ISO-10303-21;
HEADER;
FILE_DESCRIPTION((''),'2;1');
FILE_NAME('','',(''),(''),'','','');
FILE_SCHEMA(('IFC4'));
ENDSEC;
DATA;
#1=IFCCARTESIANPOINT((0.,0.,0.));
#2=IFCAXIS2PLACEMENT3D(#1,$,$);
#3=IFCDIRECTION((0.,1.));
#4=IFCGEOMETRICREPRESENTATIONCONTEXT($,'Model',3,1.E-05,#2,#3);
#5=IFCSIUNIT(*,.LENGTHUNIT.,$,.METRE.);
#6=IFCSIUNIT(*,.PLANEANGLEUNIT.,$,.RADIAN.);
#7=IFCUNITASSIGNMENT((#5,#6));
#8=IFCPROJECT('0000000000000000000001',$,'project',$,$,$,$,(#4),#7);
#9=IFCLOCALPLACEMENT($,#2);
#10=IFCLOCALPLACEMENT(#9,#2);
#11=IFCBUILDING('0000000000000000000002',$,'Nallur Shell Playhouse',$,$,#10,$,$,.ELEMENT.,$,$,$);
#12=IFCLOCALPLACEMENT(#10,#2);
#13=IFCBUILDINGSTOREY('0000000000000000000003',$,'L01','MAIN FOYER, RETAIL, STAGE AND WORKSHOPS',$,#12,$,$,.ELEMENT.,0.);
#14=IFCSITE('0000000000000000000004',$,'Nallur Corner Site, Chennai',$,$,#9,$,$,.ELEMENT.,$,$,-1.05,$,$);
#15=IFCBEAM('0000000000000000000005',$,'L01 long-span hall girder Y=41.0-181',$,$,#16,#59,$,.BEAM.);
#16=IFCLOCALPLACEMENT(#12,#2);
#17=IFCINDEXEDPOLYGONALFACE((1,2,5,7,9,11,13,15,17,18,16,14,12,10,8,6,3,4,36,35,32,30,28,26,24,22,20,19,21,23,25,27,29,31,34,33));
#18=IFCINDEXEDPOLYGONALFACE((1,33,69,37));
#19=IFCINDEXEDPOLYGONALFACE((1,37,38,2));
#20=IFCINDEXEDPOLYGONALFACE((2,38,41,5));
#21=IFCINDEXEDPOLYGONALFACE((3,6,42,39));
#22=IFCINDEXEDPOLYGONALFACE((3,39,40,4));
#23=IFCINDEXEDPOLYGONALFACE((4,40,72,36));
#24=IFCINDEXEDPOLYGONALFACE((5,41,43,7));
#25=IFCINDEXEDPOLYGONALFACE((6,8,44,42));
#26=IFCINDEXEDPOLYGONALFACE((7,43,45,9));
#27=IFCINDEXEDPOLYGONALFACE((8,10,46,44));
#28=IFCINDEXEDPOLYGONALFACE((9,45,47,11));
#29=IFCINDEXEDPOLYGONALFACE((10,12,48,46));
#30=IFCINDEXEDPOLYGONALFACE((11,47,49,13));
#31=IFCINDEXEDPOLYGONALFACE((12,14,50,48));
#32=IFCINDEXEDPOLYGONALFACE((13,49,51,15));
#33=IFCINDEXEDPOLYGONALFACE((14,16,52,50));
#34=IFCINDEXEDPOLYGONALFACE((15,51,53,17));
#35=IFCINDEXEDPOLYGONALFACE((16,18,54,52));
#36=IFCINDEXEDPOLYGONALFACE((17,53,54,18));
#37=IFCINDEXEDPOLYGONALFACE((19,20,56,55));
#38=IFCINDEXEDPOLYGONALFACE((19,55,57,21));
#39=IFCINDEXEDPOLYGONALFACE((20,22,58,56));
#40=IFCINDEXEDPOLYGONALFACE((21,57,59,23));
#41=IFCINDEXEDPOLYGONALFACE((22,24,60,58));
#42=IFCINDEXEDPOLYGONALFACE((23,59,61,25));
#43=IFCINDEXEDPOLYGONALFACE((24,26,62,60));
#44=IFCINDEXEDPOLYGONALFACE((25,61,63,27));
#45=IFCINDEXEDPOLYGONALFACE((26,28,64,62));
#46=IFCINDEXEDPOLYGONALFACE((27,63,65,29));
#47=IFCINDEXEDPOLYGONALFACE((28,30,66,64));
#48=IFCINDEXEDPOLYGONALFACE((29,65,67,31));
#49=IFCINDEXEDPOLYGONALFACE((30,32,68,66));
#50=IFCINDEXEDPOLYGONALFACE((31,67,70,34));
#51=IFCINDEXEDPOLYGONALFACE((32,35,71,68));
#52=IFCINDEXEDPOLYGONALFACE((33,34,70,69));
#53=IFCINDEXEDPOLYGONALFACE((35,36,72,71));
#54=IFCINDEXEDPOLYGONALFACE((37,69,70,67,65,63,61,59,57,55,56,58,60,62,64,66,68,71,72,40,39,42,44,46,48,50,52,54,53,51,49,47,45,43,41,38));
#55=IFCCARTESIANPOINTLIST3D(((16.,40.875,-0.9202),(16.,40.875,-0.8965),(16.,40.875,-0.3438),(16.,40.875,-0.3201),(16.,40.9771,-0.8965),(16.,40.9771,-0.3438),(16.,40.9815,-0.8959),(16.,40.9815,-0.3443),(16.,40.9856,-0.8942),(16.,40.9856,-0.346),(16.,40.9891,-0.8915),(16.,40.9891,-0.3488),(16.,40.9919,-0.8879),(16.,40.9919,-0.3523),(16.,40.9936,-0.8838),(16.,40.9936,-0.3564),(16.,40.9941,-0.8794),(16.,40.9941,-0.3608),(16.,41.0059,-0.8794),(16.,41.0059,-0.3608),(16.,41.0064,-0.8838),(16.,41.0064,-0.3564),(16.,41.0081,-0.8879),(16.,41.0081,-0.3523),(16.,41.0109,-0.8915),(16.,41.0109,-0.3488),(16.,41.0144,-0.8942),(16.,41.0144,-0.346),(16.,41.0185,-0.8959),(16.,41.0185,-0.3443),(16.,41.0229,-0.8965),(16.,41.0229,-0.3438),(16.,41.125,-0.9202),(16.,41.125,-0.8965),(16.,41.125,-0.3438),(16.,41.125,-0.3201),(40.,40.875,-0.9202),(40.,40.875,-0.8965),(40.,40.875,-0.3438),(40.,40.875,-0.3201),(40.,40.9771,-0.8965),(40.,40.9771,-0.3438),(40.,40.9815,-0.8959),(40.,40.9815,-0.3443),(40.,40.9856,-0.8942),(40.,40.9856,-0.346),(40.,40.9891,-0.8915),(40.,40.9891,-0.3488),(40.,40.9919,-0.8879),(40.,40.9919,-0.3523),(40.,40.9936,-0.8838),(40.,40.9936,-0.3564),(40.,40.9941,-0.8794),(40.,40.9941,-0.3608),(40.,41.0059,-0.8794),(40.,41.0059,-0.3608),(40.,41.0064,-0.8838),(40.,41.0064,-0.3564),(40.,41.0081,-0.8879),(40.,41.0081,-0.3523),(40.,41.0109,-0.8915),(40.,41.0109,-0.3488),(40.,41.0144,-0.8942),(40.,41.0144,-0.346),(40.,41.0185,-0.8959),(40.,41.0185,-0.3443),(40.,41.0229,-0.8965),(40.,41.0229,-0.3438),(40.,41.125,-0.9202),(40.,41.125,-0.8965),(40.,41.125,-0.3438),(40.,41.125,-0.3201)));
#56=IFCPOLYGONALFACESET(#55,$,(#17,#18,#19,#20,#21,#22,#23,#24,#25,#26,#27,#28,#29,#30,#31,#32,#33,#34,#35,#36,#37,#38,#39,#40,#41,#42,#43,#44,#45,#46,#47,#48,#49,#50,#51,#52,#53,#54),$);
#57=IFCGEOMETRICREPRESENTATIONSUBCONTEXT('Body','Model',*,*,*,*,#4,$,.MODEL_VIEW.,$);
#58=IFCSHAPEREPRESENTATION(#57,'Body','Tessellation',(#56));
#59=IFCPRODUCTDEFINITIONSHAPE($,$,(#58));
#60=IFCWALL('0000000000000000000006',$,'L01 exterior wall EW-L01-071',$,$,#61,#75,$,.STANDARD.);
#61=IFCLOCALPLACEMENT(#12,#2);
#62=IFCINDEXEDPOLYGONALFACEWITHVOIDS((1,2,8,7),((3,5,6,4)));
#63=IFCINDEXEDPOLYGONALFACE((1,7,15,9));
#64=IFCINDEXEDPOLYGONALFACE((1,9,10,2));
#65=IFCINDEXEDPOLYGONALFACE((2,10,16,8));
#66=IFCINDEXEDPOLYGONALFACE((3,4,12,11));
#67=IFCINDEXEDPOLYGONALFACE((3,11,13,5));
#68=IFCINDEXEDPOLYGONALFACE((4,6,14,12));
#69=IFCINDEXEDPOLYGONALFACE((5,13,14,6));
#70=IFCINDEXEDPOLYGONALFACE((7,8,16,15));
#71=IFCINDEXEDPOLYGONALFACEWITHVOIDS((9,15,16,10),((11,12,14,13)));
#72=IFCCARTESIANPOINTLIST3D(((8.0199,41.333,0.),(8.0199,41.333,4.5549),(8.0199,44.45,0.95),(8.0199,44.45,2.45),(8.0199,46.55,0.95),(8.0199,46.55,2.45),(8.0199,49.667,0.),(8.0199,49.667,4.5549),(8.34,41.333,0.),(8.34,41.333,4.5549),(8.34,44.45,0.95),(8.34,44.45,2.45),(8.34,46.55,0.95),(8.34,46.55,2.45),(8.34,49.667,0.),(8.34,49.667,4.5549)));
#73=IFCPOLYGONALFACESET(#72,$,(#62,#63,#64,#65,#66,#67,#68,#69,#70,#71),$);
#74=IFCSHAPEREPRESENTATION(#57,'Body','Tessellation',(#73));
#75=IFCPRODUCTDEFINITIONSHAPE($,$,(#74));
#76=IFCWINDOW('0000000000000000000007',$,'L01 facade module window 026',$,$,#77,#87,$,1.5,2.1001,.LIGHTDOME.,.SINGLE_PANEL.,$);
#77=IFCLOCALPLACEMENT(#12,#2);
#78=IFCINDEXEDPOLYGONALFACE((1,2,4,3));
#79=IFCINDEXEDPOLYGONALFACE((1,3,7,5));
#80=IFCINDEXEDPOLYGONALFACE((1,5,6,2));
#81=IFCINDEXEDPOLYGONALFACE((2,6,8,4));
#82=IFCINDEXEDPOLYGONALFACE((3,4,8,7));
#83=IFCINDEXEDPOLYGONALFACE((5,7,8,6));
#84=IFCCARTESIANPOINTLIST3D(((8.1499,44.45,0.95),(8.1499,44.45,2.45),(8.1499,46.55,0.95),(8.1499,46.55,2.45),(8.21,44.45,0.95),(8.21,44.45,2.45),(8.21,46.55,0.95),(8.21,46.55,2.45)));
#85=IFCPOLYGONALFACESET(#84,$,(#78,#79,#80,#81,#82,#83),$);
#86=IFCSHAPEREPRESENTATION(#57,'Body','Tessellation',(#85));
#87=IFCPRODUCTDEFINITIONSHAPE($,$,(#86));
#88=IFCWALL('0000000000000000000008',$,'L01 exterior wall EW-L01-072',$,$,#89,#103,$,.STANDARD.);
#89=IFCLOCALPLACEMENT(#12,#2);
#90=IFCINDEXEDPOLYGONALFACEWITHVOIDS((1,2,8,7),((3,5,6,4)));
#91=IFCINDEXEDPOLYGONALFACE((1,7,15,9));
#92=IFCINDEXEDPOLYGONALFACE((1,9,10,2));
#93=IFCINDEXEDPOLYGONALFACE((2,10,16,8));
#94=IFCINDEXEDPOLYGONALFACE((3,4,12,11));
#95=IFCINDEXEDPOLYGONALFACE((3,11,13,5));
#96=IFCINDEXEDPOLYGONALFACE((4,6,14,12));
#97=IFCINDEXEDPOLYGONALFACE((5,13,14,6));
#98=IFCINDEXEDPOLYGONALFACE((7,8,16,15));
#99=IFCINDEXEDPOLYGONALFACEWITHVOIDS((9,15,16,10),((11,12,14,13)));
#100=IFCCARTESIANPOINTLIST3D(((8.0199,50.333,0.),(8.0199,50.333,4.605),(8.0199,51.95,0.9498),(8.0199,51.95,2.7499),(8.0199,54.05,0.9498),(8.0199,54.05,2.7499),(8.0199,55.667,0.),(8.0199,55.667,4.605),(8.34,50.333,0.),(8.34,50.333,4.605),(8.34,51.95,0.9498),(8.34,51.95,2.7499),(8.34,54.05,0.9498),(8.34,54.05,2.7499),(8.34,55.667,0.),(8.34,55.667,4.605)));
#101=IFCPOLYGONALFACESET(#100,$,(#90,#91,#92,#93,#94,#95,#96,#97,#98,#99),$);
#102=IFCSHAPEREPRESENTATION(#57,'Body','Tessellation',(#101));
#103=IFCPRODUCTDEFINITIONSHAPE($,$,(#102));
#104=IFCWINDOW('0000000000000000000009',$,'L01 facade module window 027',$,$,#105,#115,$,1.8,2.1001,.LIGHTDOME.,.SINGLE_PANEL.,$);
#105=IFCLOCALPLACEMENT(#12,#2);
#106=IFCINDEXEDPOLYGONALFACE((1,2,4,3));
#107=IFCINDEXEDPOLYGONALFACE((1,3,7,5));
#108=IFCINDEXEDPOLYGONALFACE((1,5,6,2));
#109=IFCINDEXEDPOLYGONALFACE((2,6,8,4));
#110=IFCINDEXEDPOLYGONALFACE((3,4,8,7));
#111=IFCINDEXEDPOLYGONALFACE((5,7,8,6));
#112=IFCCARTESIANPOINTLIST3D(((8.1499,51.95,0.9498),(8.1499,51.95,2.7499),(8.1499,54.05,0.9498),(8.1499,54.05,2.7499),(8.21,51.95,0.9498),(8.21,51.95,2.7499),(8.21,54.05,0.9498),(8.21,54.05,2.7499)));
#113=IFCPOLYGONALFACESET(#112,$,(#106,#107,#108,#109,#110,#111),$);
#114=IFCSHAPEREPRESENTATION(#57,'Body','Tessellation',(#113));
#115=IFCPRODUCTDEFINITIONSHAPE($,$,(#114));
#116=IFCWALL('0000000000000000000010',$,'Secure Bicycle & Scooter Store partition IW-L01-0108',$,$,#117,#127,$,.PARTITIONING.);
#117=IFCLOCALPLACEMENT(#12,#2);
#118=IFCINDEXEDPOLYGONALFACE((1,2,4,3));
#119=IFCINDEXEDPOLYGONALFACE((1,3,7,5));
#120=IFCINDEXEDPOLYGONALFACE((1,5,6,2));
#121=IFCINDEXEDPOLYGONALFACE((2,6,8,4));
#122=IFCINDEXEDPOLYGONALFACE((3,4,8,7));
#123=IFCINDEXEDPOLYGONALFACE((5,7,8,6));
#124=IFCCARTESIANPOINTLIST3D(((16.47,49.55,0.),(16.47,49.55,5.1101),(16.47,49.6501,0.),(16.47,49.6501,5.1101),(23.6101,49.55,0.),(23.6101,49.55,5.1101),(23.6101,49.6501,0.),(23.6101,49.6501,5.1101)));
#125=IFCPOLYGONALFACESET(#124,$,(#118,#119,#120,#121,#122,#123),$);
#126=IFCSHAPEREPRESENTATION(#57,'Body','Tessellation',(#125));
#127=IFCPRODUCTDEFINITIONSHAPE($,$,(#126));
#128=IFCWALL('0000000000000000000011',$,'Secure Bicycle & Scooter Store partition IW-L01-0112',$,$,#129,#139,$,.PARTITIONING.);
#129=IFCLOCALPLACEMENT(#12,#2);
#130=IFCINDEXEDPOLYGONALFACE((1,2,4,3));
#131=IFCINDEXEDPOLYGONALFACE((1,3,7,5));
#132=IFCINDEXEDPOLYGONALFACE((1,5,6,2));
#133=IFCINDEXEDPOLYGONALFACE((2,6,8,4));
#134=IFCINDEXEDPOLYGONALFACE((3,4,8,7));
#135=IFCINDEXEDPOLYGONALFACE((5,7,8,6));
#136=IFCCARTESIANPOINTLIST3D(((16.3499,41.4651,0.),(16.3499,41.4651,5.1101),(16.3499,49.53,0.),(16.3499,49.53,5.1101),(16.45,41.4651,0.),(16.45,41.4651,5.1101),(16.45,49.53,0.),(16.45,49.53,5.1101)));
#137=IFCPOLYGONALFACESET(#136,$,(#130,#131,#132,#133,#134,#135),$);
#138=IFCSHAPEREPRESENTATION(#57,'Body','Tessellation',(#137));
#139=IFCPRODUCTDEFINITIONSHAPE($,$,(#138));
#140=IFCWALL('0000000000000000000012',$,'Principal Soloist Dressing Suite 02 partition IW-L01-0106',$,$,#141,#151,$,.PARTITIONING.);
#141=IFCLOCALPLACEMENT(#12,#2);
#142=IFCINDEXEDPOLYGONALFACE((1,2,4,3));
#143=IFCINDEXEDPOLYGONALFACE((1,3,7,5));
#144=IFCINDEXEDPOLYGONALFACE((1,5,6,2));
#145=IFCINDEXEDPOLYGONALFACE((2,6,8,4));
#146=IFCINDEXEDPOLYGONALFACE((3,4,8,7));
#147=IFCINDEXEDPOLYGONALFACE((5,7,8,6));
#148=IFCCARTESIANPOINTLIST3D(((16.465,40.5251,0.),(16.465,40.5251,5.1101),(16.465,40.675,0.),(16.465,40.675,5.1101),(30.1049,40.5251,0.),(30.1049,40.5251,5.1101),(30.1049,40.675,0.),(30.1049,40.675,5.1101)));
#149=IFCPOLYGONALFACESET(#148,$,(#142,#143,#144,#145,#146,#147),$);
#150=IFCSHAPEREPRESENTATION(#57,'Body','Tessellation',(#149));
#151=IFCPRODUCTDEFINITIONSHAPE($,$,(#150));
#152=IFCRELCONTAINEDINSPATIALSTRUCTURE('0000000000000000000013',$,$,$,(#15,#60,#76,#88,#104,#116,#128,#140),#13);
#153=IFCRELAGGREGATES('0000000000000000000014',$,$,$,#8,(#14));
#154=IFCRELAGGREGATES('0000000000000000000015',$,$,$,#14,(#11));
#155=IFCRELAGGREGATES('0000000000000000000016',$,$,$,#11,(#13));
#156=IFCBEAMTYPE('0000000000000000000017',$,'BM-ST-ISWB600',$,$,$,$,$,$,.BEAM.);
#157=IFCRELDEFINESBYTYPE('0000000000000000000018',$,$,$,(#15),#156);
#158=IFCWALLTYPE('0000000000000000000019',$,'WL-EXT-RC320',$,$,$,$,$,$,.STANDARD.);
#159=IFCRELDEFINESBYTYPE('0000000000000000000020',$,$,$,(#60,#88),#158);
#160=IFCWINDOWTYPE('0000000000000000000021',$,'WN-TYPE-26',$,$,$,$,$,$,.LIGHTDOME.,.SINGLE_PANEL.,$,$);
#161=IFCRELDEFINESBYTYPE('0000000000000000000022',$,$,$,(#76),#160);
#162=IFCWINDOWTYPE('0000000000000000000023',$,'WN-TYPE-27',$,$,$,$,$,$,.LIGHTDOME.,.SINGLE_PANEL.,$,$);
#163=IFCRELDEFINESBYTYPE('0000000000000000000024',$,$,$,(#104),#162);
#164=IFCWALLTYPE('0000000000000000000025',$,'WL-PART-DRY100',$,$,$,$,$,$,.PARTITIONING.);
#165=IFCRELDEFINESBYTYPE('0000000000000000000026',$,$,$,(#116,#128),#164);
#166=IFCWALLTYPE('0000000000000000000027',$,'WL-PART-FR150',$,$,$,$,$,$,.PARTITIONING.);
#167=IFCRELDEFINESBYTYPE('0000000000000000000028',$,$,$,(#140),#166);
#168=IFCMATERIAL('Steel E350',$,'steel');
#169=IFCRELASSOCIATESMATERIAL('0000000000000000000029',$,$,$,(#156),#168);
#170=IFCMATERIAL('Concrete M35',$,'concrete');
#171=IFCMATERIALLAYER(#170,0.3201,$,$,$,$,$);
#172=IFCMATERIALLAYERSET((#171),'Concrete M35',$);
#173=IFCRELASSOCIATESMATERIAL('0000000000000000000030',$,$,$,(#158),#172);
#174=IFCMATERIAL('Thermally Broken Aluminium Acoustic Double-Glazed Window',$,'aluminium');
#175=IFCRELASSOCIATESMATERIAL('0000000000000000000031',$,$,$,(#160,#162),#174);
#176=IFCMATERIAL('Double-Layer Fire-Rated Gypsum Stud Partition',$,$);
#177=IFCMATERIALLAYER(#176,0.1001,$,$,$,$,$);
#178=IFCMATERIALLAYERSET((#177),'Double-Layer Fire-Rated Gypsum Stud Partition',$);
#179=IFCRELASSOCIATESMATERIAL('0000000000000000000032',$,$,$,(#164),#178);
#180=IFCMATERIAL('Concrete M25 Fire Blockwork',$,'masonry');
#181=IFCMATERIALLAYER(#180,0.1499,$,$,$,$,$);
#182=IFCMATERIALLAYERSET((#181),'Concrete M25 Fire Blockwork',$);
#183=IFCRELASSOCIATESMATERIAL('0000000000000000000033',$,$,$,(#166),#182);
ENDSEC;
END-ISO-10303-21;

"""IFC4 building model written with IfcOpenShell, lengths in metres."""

from ifc_helpers import new_model, si_unit, direction, frame, frame_2d, origin, origin_2d, place, context, subcontext, project, spatial, rectangle, i_section, extrude, material, layer, layer_set, material_profile, profile_set, type_object, element, fill, save


model = new_model("IFC4")

# Units and contexts
model_context = context("Model", 3, precision=1e-05, world=origin(), true_north=direction((0.0, 1.0)))
body_context = subcontext(model_context, "Body", "Model", "MODEL_VIEW")
ifc_project = project(units=[si_unit("LENGTHUNIT", "METRE"), si_unit("PLANEANGLEUNIT", "RADIAN")], contexts=[model_context])

# Site, building, storey
site_placement = place(None, origin())
site = spatial("IfcSite", under=ifc_project, at=site_placement, Name="Nallur Corner Site, Chennai", CompositionType="ELEMENT", RefElevation=-1.05)
building_placement = place(site_placement, origin())
building = spatial("IfcBuilding", under=site, at=building_placement, Name="Nallur Shell Playhouse", CompositionType="ELEMENT")
storey_placement = place(building_placement, origin())
storey = spatial("IfcBuildingStorey", under=building, at=storey_placement, Name="L01", Description="MAIN FOYER, RETAIL, STAGE AND WORKSHOPS", CompositionType="ELEMENT", Elevation=0.0)

# Shared definitions
ifc_material_1 = material(Name="Concrete M35", Category="concrete")

# Beam
ifc_material_2 = material(Name="Steel E350", Category="steel")
ifc_material_profile_1 = material_profile(ifc_material_2, i_section(OverallWidth=0.25, OverallDepth=0.6001, WebThickness=0.0117, FlangeThickness=0.0237, FilletRadius=0.0171, at=origin_2d()), Name="ISWB 600")
ifc_profile_set_1 = profile_set([ifc_material_profile_1], Name="Steel E350")
beam_type_1 = type_object("IfcBeamType", Name="BM-ST-ISWB600", PredefinedType="BEAM", material=ifc_profile_set_1)
beam_1_placement = place(storey_placement, frame((16.0, 41.0, -0.6201), z_axis=(1.0, 0.0, 0.0), x_axis=(0.0, 1.0, 0.0)))
element("IfcBeam", 1, at=beam_1_placement, inside=storey, type_object=beam_type_1, Name="L01 long-span hall girder Y=41.0-181", PredefinedType="BEAM", context=body_context, shape_type="SweptSolid", body=[
    extrude(i_section(OverallWidth=0.25, OverallDepth=0.6001, WebThickness=0.0117, FlangeThickness=0.0237, FilletRadius=0.0171, at=origin_2d()), origin(), (0.0, 0.0, 1.0), 24.0),
])

# Walls, openings, windows
ifc_layer_1 = layer(ifc_material_1, 0.3201)
ifc_layer_set_1 = layer_set([ifc_layer_1], Name="Concrete M35")
wall_type_1 = type_object("IfcWallType", Name="WL-EXT-RC320", PredefinedType="STANDARD", material=ifc_layer_set_1)
wall_1_placement = place(storey_placement, frame((8.1799, 41.333, 0.0), z_axis=(0.0, 0.0, 1.0), x_axis=(0.0, 1.0, 0.0)))
wall_1 = element("IfcWall", 2, at=wall_1_placement, inside=storey, type_object=wall_type_1, Name="L01 exterior wall EW-L01-071", PredefinedType="STANDARD", context=body_context, shape_type="SweptSolid", body=[
    extrude(rectangle(XDim=8.334, YDim=0.3201, at=frame_2d((4.167, 0.0))), origin(), (0.0, 0.0, 1.0), 4.5549),
])
opening_1_placement = place(wall_1_placement, frame((3.1169, 0.0, 0.95)))
opening_1 = element("IfcOpeningElement", 3, at=opening_1_placement, cuts=wall_1, PredefinedType="OPENING", context=body_context, shape_type="SweptSolid", body=[
    extrude(rectangle(XDim=2.1001, YDim=1.5, at=frame_2d((1.05, 0.75))), frame((0.0, 0.1699, 0.0), z_axis=(0.0, -1.0, 0.0), x_axis=(1.0, 0.0, 0.0)), (0.0, 0.0, 1.0), 0.3401),
])
ifc_material_3 = material(Name="Thermally Broken Aluminium Acoustic Double-Glazed Window", Category="aluminium")
window_type_1 = type_object("IfcWindowType", Name="WN-TYPE-26", PartitioningType="SINGLE_PANEL", PredefinedType="LIGHTDOME", material=ifc_material_3)
window_1_placement = place(opening_1_placement, origin())
window_1 = element("IfcWindow", 4, at=window_1_placement, inside=storey, type_object=window_type_1, Name="L01 facade module window 026", OverallHeight=1.5, OverallWidth=2.1001, PartitioningType="SINGLE_PANEL", PredefinedType="LIGHTDOME", context=body_context, shape_type="SweptSolid", body=[
    extrude(rectangle(XDim=2.1001, YDim=1.5, at=frame_2d((1.05, 0.75))), frame((0.0, 0.03, 0.0), z_axis=(0.0, -1.0, 0.0), x_axis=(1.0, 0.0, 0.0)), (0.0, 0.0, 1.0), 0.0601),
])
fill(opening_1, window_1)
wall_2_placement = place(storey_placement, frame((8.1799, 50.333, 0.0), z_axis=(0.0, 0.0, 1.0), x_axis=(0.0, 1.0, 0.0)))
wall_2 = element("IfcWall", 5, at=wall_2_placement, inside=storey, type_object=wall_type_1, Name="L01 exterior wall EW-L01-072", PredefinedType="STANDARD", context=body_context, shape_type="SweptSolid", body=[
    extrude(rectangle(XDim=5.334, YDim=0.3201, at=frame_2d((2.667, 0.0))), origin(), (0.0, 0.0, 1.0), 4.605),
])
opening_2_placement = place(wall_2_placement, frame((1.6169, 0.0, 0.95)))
opening_2 = element("IfcOpeningElement", 6, at=opening_2_placement, cuts=wall_2, PredefinedType="OPENING", context=body_context, shape_type="SweptSolid", body=[
    extrude(rectangle(XDim=2.1001, YDim=1.8, at=frame_2d((1.05, 0.8999))), frame((0.0, 0.1699, 0.0), z_axis=(0.0, -1.0, 0.0), x_axis=(1.0, 0.0, 0.0)), (0.0, 0.0, 1.0), 0.3401),
])
window_type_2 = type_object("IfcWindowType", Name="WN-TYPE-27", PartitioningType="SINGLE_PANEL", PredefinedType="LIGHTDOME", material=ifc_material_3)
window_2_placement = place(opening_2_placement, origin())
window_2 = element("IfcWindow", 7, at=window_2_placement, inside=storey, type_object=window_type_2, Name="L01 facade module window 027", OverallHeight=1.8, OverallWidth=2.1001, PartitioningType="SINGLE_PANEL", PredefinedType="LIGHTDOME", context=body_context, shape_type="SweptSolid", body=[
    extrude(rectangle(XDim=2.1001, YDim=1.8, at=frame_2d((1.05, 0.8999))), frame((0.0, 0.03, 0.0), z_axis=(0.0, -1.0, 0.0), x_axis=(1.0, 0.0, 0.0)), (0.0, 0.0, 1.0), 0.0601),
])
fill(opening_2, window_2)

# Walls
ifc_material_4 = material(Name="Double-Layer Fire-Rated Gypsum Stud Partition")
ifc_layer_2 = layer(ifc_material_4, 0.1001)
ifc_layer_set_2 = layer_set([ifc_layer_2], Name="Double-Layer Fire-Rated Gypsum Stud Partition")
wall_type_2 = type_object("IfcWallType", Name="WL-PART-DRY100", PredefinedType="PARTITIONING", material=ifc_layer_set_2)
wall_3_placement = place(storey_placement, frame((16.47, 49.6001, 0.0), z_axis=(0.0, 0.0, 1.0), x_axis=(1.0, 0.0, 0.0)))
element("IfcWall", 8, at=wall_3_placement, inside=storey, type_object=wall_type_2, Name="Secure Bicycle & Scooter Store partition IW-L01-0108", PredefinedType="PARTITIONING", context=body_context, shape_type="SweptSolid", body=[
    extrude(rectangle(XDim=7.1401, YDim=0.1001, at=frame_2d((3.5701, 0.0))), origin(), (0.0, 0.0, 1.0), 5.1101),
])
wall_4_placement = place(storey_placement, frame((16.3999, 41.4651, 0.0), z_axis=(0.0, 0.0, 1.0), x_axis=(0.0, 1.0, 0.0)))
element("IfcWall", 9, at=wall_4_placement, inside=storey, type_object=wall_type_2, Name="Secure Bicycle & Scooter Store partition IW-L01-0112", PredefinedType="PARTITIONING", context=body_context, shape_type="SweptSolid", body=[
    extrude(rectangle(XDim=8.0649, YDim=0.1001, at=frame_2d((4.0325, 0.0))), origin(), (0.0, 0.0, 1.0), 5.1101),
])
ifc_material_5 = material(Name="Concrete M25 Fire Blockwork", Category="masonry")
ifc_layer_3 = layer(ifc_material_5, 0.1499)
ifc_layer_set_3 = layer_set([ifc_layer_3], Name="Concrete M25 Fire Blockwork")
wall_type_3 = type_object("IfcWallType", Name="WL-PART-FR150", PredefinedType="PARTITIONING", material=ifc_layer_set_3)
wall_5_placement = place(storey_placement, frame((16.4651, 40.6001, 0.0), z_axis=(0.0, 0.0, 1.0), x_axis=(1.0, 0.0, 0.0)))
element("IfcWall", 10, at=wall_5_placement, inside=storey, type_object=wall_type_3, Name="Principal Soloist Dressing Suite 02 partition IW-L01-0106", PredefinedType="PARTITIONING", context=body_context, shape_type="SweptSolid", body=[
    extrude(rectangle(XDim=13.6399, YDim=0.1499, at=frame_2d((6.8198, 0.0))), origin(), (0.0, 0.0, 1.0), 5.1101),
])

save(model, "model.ifc")
